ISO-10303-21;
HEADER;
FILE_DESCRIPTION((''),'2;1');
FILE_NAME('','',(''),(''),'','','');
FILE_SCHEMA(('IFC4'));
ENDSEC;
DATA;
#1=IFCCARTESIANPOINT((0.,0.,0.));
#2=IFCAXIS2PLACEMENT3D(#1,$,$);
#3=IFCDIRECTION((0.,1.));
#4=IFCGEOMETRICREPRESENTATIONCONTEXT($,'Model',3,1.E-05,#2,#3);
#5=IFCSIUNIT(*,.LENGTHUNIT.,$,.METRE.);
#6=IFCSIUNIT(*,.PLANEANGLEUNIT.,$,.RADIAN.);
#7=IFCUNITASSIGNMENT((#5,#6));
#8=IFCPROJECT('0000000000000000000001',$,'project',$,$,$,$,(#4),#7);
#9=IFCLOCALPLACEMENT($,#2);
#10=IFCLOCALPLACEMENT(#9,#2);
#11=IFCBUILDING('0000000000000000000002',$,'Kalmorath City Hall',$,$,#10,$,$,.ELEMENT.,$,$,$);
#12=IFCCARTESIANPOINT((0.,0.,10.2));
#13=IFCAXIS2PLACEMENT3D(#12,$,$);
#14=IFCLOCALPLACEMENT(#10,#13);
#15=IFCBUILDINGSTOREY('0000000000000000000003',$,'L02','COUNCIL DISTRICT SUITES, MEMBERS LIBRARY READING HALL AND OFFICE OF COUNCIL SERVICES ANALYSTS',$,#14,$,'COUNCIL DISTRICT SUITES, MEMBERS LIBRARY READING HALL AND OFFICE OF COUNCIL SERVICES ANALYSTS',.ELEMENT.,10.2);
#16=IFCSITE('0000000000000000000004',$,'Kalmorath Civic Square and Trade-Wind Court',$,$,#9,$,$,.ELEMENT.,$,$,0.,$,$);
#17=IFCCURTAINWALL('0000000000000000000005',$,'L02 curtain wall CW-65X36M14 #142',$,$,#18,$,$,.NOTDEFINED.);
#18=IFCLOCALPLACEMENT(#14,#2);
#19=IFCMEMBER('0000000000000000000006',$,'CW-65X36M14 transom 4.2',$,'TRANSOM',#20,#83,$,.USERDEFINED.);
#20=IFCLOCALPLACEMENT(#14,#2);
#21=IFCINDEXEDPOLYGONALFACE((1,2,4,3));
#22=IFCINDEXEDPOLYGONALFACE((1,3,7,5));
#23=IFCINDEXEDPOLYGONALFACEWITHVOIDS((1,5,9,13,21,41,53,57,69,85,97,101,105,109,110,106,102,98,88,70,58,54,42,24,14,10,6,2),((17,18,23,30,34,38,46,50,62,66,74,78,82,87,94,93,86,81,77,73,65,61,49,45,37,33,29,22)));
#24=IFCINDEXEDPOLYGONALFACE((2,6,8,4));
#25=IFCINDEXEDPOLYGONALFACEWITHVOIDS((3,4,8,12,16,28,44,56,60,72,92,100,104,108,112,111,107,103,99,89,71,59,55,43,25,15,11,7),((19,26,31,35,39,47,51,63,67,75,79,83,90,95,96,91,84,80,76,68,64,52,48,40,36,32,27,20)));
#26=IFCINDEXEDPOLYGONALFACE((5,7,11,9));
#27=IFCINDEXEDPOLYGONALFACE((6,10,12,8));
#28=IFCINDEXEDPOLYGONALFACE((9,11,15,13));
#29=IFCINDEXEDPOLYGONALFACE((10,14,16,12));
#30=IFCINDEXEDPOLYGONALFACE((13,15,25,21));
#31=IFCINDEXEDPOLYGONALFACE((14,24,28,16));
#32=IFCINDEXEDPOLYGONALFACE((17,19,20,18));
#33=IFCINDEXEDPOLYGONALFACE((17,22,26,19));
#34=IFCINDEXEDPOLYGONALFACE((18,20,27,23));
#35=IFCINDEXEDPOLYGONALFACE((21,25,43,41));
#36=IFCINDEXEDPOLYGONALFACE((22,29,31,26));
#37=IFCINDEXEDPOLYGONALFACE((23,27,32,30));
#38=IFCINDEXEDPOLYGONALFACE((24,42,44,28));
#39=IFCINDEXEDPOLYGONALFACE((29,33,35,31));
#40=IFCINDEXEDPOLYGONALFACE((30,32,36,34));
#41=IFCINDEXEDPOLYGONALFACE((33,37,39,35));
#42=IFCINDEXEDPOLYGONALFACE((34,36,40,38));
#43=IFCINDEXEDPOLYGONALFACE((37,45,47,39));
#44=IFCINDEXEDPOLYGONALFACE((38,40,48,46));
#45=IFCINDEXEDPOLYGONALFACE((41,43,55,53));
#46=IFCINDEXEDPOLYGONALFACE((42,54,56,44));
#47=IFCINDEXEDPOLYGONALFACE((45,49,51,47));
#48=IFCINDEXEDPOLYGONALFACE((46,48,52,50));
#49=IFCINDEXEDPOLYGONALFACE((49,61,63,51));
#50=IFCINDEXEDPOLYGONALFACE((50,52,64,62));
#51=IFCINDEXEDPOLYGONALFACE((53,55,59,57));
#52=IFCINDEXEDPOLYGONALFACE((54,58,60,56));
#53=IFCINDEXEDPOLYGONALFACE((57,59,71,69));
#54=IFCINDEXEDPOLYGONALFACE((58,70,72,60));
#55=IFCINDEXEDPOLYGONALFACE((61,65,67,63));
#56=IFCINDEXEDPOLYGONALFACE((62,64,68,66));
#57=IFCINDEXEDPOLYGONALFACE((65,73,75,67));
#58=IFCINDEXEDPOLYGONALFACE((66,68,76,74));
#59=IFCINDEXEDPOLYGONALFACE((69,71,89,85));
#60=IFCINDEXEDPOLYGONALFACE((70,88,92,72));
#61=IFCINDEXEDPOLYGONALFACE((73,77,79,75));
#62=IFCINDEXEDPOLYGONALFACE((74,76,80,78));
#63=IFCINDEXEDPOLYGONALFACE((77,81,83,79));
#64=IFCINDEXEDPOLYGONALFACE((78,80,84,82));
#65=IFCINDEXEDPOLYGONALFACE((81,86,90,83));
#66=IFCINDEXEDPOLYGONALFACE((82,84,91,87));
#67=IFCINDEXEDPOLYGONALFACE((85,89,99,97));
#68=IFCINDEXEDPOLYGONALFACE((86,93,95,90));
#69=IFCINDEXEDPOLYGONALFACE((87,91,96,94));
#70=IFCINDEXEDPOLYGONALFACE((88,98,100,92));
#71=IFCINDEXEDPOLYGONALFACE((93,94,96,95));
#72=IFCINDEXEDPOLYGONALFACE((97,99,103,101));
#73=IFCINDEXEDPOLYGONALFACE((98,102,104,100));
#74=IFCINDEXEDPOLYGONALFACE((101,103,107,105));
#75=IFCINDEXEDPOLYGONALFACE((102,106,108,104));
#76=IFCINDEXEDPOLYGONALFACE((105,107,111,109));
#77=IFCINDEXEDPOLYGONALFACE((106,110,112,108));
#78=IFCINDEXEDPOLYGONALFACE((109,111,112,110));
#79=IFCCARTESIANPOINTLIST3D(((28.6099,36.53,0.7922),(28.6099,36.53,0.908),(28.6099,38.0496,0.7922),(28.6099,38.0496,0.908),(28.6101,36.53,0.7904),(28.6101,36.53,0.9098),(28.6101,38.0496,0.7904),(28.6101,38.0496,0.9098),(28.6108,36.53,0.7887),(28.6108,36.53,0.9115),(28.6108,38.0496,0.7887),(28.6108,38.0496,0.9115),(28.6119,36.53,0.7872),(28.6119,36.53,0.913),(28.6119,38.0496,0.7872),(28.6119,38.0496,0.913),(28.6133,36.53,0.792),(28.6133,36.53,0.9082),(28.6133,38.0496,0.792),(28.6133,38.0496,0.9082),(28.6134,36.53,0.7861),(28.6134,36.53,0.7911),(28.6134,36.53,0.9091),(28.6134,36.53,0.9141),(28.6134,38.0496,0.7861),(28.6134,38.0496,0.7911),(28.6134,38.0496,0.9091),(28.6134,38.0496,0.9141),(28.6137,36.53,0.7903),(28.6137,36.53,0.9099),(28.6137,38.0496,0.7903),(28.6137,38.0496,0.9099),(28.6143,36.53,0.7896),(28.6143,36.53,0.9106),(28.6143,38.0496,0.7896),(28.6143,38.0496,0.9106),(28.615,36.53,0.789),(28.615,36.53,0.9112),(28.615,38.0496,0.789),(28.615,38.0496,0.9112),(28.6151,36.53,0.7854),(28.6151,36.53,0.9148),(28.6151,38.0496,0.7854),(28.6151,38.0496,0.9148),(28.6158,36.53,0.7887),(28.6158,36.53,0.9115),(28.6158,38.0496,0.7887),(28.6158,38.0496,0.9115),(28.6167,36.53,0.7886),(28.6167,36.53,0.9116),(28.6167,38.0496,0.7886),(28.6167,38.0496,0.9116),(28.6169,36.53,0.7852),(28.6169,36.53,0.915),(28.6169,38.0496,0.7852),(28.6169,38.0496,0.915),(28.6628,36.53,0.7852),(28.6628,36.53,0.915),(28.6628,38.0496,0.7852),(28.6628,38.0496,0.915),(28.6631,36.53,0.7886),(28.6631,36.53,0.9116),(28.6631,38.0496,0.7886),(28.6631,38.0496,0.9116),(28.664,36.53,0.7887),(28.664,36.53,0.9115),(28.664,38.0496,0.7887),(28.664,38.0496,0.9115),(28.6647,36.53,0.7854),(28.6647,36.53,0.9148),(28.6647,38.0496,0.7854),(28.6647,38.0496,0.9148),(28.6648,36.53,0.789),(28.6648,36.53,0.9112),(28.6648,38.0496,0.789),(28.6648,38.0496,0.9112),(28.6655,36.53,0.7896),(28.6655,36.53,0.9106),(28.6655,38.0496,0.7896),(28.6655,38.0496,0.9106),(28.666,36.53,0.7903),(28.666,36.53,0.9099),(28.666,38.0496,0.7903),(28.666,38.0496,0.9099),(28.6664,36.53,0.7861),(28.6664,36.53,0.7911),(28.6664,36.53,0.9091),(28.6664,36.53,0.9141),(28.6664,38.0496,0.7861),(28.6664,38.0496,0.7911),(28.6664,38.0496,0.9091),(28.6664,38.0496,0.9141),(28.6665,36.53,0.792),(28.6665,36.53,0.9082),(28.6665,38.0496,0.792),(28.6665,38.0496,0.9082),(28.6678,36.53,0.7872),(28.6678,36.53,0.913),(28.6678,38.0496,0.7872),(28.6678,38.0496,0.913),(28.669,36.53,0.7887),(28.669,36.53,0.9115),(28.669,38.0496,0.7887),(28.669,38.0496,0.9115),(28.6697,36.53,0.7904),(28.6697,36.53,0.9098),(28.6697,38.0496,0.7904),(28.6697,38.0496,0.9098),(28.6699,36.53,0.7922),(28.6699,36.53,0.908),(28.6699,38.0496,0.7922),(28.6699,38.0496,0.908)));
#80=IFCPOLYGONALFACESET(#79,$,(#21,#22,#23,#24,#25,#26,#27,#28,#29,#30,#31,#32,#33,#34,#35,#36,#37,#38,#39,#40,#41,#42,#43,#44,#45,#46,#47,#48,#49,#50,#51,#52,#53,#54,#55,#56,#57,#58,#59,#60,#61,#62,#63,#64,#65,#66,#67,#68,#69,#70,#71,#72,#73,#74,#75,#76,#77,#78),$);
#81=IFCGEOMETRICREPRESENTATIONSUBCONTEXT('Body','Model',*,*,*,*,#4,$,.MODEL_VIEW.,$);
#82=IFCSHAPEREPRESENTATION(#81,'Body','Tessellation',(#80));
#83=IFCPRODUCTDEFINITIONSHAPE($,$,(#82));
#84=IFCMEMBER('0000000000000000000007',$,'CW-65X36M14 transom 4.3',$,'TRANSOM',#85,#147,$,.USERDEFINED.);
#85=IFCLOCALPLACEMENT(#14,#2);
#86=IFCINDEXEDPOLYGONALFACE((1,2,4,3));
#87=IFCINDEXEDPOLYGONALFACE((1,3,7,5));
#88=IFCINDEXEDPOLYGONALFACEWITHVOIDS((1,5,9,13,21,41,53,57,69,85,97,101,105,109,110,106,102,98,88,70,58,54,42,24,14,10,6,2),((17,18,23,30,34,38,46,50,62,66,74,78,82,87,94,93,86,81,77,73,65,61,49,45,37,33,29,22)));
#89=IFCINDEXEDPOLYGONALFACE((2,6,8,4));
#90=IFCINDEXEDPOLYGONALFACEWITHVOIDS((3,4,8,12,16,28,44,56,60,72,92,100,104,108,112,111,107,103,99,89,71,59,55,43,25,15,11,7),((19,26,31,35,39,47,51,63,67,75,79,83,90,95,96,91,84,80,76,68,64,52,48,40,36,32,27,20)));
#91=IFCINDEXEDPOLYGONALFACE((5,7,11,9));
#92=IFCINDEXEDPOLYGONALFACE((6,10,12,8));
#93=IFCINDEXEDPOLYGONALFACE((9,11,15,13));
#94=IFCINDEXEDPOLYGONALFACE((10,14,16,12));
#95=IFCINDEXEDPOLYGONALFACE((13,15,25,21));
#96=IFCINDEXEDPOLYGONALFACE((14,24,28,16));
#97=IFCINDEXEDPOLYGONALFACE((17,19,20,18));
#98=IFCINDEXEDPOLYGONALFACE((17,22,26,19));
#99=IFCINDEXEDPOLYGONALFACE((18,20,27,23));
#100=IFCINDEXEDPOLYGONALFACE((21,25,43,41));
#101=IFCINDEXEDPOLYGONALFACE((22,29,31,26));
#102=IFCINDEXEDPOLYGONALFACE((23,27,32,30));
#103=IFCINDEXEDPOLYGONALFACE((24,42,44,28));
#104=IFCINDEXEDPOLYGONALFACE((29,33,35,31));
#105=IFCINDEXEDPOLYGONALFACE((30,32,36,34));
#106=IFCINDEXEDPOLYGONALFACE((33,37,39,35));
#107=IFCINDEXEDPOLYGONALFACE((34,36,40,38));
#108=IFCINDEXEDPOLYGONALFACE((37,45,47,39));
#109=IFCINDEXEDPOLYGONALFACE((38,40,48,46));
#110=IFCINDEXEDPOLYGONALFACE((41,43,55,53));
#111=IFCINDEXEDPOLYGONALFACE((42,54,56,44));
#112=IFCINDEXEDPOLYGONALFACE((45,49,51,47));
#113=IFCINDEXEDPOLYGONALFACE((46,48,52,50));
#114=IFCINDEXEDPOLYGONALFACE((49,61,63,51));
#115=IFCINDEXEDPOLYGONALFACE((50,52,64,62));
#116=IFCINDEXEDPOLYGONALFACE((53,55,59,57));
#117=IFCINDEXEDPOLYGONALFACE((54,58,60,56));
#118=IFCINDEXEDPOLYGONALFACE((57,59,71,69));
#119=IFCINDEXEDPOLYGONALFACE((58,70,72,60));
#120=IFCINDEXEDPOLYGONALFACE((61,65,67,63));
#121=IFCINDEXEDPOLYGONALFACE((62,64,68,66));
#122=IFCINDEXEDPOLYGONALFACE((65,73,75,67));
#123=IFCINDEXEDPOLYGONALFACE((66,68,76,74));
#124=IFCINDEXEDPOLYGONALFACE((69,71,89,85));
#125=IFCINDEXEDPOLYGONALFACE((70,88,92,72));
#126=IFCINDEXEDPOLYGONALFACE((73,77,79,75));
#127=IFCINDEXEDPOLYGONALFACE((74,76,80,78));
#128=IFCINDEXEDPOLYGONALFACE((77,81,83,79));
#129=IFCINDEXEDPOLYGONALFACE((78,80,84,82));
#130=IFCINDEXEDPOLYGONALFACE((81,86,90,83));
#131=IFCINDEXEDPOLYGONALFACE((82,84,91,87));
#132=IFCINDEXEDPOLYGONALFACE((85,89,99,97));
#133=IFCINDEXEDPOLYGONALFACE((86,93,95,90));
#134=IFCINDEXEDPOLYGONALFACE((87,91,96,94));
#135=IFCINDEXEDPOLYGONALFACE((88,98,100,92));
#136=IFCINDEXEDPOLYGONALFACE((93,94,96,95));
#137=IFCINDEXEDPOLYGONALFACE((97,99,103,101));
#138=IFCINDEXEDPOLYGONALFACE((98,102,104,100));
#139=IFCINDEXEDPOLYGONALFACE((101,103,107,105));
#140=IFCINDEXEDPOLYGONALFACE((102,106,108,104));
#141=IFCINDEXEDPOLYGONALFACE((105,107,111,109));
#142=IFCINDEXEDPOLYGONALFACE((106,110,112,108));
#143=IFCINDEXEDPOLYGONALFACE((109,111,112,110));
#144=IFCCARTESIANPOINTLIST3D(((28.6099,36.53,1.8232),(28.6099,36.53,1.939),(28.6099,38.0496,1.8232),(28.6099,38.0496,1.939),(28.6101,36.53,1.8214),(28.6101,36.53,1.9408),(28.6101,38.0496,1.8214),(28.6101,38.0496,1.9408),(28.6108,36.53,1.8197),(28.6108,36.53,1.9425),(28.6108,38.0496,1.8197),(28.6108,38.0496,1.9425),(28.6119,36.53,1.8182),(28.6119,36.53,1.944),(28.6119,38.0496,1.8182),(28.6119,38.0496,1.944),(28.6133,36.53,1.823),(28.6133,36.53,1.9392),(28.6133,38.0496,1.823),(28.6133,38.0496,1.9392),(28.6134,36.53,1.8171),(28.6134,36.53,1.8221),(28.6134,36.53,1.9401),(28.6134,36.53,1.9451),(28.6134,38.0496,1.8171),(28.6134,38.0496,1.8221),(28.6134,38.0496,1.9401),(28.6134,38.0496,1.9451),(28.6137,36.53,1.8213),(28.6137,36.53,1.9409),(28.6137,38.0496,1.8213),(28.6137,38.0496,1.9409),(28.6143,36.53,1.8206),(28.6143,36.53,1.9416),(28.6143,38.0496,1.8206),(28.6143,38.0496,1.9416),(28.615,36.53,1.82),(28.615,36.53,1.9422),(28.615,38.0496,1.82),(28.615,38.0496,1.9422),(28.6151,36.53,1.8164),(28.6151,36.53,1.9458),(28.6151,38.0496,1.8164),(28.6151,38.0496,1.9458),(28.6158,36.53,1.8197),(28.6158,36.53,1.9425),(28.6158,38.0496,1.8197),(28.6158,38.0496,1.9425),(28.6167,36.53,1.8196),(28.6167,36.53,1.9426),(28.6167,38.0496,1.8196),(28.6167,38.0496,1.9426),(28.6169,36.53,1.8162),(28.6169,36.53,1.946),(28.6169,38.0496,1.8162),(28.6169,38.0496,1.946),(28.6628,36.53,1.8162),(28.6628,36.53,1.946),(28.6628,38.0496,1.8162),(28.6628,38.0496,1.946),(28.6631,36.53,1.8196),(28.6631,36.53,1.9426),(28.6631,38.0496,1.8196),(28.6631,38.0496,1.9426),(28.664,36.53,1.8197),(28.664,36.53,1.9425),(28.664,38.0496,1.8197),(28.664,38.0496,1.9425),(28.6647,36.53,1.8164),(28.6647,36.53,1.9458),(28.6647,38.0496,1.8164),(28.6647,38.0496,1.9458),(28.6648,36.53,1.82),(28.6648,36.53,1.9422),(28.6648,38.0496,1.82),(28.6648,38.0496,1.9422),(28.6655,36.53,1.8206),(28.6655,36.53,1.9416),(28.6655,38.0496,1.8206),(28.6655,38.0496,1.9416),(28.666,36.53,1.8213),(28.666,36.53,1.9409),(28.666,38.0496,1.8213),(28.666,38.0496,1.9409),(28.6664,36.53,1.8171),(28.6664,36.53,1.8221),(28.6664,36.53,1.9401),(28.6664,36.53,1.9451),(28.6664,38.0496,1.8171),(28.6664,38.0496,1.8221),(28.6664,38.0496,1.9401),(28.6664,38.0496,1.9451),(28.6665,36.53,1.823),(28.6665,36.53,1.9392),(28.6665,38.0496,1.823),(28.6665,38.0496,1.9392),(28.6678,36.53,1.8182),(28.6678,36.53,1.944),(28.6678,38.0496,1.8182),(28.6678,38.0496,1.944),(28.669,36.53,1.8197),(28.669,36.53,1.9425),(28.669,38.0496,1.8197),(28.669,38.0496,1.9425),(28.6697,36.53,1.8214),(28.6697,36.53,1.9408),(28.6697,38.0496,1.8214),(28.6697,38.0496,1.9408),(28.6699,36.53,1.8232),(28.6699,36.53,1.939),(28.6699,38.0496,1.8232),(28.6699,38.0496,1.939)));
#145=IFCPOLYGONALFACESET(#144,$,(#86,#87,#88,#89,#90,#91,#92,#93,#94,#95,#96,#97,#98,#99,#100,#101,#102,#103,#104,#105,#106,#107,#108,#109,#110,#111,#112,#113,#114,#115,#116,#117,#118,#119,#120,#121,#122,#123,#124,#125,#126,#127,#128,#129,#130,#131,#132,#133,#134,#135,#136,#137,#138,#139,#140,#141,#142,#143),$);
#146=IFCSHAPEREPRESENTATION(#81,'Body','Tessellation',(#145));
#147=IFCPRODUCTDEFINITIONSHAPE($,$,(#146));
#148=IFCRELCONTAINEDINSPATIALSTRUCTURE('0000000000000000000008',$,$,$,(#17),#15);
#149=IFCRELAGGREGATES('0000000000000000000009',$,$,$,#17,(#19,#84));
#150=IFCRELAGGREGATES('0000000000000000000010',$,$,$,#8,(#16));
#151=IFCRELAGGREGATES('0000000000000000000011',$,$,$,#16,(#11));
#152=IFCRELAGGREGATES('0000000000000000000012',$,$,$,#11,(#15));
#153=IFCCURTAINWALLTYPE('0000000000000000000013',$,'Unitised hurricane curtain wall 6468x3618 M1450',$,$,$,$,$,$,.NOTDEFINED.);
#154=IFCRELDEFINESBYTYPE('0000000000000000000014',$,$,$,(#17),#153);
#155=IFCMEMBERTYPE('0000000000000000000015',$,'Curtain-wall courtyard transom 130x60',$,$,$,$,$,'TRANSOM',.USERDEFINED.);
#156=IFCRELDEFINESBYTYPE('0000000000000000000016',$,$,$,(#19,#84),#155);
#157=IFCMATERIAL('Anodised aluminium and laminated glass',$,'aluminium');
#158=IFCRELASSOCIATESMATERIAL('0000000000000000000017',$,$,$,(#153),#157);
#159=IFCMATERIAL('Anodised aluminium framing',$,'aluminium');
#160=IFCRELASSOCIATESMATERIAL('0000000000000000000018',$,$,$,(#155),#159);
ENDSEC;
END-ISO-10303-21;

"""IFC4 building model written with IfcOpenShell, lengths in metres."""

from ifc_helpers import new_model, si_unit, direction, frame, origin, origin_2d, place, context, subcontext, project, spatial, hollow_rectangle, extrude, material, material_profile, profile_set, type_object, element, aggregate, save


model = new_model("IFC4")

# Units and contexts
model_context = context("Model", 3, precision=1e-05, world=origin(), true_north=direction((0.0, 1.0)))
body_context = subcontext(model_context, "Body", "Model", "MODEL_VIEW")
ifc_project = project(units=[si_unit("LENGTHUNIT", "METRE"), si_unit("PLANEANGLEUNIT", "RADIAN")], contexts=[model_context])

# Site, building, storey
site_placement = place(None, origin())
site = spatial("IfcSite", under=ifc_project, at=site_placement, Name="Kalmorath Civic Square and Trade-Wind Court", CompositionType="ELEMENT", RefElevation=0.0)
building_placement = place(site_placement, origin())
building = spatial("IfcBuilding", under=site, at=building_placement, Name="Kalmorath City Hall", CompositionType="ELEMENT")
storey_placement = place(building_placement, frame((0.0, 0.0, 10.2)))
storey = spatial("IfcBuildingStorey", under=building, at=storey_placement, Name="L02", Description="COUNCIL DISTRICT SUITES, MEMBERS LIBRARY READING HALL AND OFFICE OF COUNCIL SERVICES ANALYSTS", LongName="COUNCIL DISTRICT SUITES, MEMBERS LIBRARY READING HALL AND OFFICE OF COUNCIL SERVICES ANALYSTS", CompositionType="ELEMENT", Elevation=10.2)

# Curtain wall, members
ifc_material_1 = material(Name="Anodised aluminium and laminated glass", Category="aluminium")
curtain_wall_type = type_object("IfcCurtainWallType", Name="Unitised hurricane curtain wall 6468x3618 M1450", PredefinedType="NOTDEFINED", material=ifc_material_1)
curtain_wall_placement = place(storey_placement, origin())
curtain_wall = element("IfcCurtainWall", 1, at=curtain_wall_placement, inside=storey, type_object=curtain_wall_type, Name="L02 curtain wall CW-65X36M14 #142", PredefinedType="NOTDEFINED")
ifc_material_2 = material(Name="Anodised aluminium framing", Category="aluminium")
ifc_material_profile_1 = material_profile(ifc_material_2, hollow_rectangle(XDim=0.0601, YDim=0.1299, WallThickness=0.0034, InnerFilletRadius=0.0034, OuterFilletRadius=0.0071, at=origin_2d()), Name="ALU-TRN-130X60X3.5")
ifc_profile_set_1 = profile_set([ifc_material_profile_1], Name="Anodised aluminium framing")
member_type_1 = type_object("IfcMemberType", Name="Curtain-wall courtyard transom 130x60", ElementType="TRANSOM", PredefinedType="USERDEFINED", material=ifc_profile_set_1)
member_1_placement = place(storey_placement, frame((28.6399, 38.0496, 0.8501), z_axis=(0.0, -1.0, 0.0), x_axis=(1.0, 0.0, 0.0)))
member_1 = element("IfcMember", 2, at=member_1_placement, type_object=member_type_1, Name="CW-65X36M14 transom 4.2", ObjectType="TRANSOM", PredefinedType="USERDEFINED", context=body_context, shape_type="SweptSolid", body=[
    extrude(hollow_rectangle(XDim=0.0601, YDim=0.1299, WallThickness=0.0034, InnerFilletRadius=0.0034, OuterFilletRadius=0.0071, at=origin_2d()), origin(), (0.0, 0.0, 1.0), 1.5195),
])
member_2_placement = place(storey_placement, frame((28.6399, 38.0496, 1.8811), z_axis=(0.0, -1.0, 0.0), x_axis=(1.0, 0.0, 0.0)))
member_2 = element("IfcMember", 3, at=member_2_placement, type_object=member_type_1, Name="CW-65X36M14 transom 4.3", ObjectType="TRANSOM", PredefinedType="USERDEFINED", context=body_context, shape_type="SweptSolid", body=[
    extrude(hollow_rectangle(XDim=0.0601, YDim=0.1299, WallThickness=0.0034, InnerFilletRadius=0.0034, OuterFilletRadius=0.0071, at=origin_2d()), origin(), (0.0, 0.0, 1.0), 1.5195),
])

aggregate(curtain_wall, [member_1, member_2])

save(model, "model.ifc")
